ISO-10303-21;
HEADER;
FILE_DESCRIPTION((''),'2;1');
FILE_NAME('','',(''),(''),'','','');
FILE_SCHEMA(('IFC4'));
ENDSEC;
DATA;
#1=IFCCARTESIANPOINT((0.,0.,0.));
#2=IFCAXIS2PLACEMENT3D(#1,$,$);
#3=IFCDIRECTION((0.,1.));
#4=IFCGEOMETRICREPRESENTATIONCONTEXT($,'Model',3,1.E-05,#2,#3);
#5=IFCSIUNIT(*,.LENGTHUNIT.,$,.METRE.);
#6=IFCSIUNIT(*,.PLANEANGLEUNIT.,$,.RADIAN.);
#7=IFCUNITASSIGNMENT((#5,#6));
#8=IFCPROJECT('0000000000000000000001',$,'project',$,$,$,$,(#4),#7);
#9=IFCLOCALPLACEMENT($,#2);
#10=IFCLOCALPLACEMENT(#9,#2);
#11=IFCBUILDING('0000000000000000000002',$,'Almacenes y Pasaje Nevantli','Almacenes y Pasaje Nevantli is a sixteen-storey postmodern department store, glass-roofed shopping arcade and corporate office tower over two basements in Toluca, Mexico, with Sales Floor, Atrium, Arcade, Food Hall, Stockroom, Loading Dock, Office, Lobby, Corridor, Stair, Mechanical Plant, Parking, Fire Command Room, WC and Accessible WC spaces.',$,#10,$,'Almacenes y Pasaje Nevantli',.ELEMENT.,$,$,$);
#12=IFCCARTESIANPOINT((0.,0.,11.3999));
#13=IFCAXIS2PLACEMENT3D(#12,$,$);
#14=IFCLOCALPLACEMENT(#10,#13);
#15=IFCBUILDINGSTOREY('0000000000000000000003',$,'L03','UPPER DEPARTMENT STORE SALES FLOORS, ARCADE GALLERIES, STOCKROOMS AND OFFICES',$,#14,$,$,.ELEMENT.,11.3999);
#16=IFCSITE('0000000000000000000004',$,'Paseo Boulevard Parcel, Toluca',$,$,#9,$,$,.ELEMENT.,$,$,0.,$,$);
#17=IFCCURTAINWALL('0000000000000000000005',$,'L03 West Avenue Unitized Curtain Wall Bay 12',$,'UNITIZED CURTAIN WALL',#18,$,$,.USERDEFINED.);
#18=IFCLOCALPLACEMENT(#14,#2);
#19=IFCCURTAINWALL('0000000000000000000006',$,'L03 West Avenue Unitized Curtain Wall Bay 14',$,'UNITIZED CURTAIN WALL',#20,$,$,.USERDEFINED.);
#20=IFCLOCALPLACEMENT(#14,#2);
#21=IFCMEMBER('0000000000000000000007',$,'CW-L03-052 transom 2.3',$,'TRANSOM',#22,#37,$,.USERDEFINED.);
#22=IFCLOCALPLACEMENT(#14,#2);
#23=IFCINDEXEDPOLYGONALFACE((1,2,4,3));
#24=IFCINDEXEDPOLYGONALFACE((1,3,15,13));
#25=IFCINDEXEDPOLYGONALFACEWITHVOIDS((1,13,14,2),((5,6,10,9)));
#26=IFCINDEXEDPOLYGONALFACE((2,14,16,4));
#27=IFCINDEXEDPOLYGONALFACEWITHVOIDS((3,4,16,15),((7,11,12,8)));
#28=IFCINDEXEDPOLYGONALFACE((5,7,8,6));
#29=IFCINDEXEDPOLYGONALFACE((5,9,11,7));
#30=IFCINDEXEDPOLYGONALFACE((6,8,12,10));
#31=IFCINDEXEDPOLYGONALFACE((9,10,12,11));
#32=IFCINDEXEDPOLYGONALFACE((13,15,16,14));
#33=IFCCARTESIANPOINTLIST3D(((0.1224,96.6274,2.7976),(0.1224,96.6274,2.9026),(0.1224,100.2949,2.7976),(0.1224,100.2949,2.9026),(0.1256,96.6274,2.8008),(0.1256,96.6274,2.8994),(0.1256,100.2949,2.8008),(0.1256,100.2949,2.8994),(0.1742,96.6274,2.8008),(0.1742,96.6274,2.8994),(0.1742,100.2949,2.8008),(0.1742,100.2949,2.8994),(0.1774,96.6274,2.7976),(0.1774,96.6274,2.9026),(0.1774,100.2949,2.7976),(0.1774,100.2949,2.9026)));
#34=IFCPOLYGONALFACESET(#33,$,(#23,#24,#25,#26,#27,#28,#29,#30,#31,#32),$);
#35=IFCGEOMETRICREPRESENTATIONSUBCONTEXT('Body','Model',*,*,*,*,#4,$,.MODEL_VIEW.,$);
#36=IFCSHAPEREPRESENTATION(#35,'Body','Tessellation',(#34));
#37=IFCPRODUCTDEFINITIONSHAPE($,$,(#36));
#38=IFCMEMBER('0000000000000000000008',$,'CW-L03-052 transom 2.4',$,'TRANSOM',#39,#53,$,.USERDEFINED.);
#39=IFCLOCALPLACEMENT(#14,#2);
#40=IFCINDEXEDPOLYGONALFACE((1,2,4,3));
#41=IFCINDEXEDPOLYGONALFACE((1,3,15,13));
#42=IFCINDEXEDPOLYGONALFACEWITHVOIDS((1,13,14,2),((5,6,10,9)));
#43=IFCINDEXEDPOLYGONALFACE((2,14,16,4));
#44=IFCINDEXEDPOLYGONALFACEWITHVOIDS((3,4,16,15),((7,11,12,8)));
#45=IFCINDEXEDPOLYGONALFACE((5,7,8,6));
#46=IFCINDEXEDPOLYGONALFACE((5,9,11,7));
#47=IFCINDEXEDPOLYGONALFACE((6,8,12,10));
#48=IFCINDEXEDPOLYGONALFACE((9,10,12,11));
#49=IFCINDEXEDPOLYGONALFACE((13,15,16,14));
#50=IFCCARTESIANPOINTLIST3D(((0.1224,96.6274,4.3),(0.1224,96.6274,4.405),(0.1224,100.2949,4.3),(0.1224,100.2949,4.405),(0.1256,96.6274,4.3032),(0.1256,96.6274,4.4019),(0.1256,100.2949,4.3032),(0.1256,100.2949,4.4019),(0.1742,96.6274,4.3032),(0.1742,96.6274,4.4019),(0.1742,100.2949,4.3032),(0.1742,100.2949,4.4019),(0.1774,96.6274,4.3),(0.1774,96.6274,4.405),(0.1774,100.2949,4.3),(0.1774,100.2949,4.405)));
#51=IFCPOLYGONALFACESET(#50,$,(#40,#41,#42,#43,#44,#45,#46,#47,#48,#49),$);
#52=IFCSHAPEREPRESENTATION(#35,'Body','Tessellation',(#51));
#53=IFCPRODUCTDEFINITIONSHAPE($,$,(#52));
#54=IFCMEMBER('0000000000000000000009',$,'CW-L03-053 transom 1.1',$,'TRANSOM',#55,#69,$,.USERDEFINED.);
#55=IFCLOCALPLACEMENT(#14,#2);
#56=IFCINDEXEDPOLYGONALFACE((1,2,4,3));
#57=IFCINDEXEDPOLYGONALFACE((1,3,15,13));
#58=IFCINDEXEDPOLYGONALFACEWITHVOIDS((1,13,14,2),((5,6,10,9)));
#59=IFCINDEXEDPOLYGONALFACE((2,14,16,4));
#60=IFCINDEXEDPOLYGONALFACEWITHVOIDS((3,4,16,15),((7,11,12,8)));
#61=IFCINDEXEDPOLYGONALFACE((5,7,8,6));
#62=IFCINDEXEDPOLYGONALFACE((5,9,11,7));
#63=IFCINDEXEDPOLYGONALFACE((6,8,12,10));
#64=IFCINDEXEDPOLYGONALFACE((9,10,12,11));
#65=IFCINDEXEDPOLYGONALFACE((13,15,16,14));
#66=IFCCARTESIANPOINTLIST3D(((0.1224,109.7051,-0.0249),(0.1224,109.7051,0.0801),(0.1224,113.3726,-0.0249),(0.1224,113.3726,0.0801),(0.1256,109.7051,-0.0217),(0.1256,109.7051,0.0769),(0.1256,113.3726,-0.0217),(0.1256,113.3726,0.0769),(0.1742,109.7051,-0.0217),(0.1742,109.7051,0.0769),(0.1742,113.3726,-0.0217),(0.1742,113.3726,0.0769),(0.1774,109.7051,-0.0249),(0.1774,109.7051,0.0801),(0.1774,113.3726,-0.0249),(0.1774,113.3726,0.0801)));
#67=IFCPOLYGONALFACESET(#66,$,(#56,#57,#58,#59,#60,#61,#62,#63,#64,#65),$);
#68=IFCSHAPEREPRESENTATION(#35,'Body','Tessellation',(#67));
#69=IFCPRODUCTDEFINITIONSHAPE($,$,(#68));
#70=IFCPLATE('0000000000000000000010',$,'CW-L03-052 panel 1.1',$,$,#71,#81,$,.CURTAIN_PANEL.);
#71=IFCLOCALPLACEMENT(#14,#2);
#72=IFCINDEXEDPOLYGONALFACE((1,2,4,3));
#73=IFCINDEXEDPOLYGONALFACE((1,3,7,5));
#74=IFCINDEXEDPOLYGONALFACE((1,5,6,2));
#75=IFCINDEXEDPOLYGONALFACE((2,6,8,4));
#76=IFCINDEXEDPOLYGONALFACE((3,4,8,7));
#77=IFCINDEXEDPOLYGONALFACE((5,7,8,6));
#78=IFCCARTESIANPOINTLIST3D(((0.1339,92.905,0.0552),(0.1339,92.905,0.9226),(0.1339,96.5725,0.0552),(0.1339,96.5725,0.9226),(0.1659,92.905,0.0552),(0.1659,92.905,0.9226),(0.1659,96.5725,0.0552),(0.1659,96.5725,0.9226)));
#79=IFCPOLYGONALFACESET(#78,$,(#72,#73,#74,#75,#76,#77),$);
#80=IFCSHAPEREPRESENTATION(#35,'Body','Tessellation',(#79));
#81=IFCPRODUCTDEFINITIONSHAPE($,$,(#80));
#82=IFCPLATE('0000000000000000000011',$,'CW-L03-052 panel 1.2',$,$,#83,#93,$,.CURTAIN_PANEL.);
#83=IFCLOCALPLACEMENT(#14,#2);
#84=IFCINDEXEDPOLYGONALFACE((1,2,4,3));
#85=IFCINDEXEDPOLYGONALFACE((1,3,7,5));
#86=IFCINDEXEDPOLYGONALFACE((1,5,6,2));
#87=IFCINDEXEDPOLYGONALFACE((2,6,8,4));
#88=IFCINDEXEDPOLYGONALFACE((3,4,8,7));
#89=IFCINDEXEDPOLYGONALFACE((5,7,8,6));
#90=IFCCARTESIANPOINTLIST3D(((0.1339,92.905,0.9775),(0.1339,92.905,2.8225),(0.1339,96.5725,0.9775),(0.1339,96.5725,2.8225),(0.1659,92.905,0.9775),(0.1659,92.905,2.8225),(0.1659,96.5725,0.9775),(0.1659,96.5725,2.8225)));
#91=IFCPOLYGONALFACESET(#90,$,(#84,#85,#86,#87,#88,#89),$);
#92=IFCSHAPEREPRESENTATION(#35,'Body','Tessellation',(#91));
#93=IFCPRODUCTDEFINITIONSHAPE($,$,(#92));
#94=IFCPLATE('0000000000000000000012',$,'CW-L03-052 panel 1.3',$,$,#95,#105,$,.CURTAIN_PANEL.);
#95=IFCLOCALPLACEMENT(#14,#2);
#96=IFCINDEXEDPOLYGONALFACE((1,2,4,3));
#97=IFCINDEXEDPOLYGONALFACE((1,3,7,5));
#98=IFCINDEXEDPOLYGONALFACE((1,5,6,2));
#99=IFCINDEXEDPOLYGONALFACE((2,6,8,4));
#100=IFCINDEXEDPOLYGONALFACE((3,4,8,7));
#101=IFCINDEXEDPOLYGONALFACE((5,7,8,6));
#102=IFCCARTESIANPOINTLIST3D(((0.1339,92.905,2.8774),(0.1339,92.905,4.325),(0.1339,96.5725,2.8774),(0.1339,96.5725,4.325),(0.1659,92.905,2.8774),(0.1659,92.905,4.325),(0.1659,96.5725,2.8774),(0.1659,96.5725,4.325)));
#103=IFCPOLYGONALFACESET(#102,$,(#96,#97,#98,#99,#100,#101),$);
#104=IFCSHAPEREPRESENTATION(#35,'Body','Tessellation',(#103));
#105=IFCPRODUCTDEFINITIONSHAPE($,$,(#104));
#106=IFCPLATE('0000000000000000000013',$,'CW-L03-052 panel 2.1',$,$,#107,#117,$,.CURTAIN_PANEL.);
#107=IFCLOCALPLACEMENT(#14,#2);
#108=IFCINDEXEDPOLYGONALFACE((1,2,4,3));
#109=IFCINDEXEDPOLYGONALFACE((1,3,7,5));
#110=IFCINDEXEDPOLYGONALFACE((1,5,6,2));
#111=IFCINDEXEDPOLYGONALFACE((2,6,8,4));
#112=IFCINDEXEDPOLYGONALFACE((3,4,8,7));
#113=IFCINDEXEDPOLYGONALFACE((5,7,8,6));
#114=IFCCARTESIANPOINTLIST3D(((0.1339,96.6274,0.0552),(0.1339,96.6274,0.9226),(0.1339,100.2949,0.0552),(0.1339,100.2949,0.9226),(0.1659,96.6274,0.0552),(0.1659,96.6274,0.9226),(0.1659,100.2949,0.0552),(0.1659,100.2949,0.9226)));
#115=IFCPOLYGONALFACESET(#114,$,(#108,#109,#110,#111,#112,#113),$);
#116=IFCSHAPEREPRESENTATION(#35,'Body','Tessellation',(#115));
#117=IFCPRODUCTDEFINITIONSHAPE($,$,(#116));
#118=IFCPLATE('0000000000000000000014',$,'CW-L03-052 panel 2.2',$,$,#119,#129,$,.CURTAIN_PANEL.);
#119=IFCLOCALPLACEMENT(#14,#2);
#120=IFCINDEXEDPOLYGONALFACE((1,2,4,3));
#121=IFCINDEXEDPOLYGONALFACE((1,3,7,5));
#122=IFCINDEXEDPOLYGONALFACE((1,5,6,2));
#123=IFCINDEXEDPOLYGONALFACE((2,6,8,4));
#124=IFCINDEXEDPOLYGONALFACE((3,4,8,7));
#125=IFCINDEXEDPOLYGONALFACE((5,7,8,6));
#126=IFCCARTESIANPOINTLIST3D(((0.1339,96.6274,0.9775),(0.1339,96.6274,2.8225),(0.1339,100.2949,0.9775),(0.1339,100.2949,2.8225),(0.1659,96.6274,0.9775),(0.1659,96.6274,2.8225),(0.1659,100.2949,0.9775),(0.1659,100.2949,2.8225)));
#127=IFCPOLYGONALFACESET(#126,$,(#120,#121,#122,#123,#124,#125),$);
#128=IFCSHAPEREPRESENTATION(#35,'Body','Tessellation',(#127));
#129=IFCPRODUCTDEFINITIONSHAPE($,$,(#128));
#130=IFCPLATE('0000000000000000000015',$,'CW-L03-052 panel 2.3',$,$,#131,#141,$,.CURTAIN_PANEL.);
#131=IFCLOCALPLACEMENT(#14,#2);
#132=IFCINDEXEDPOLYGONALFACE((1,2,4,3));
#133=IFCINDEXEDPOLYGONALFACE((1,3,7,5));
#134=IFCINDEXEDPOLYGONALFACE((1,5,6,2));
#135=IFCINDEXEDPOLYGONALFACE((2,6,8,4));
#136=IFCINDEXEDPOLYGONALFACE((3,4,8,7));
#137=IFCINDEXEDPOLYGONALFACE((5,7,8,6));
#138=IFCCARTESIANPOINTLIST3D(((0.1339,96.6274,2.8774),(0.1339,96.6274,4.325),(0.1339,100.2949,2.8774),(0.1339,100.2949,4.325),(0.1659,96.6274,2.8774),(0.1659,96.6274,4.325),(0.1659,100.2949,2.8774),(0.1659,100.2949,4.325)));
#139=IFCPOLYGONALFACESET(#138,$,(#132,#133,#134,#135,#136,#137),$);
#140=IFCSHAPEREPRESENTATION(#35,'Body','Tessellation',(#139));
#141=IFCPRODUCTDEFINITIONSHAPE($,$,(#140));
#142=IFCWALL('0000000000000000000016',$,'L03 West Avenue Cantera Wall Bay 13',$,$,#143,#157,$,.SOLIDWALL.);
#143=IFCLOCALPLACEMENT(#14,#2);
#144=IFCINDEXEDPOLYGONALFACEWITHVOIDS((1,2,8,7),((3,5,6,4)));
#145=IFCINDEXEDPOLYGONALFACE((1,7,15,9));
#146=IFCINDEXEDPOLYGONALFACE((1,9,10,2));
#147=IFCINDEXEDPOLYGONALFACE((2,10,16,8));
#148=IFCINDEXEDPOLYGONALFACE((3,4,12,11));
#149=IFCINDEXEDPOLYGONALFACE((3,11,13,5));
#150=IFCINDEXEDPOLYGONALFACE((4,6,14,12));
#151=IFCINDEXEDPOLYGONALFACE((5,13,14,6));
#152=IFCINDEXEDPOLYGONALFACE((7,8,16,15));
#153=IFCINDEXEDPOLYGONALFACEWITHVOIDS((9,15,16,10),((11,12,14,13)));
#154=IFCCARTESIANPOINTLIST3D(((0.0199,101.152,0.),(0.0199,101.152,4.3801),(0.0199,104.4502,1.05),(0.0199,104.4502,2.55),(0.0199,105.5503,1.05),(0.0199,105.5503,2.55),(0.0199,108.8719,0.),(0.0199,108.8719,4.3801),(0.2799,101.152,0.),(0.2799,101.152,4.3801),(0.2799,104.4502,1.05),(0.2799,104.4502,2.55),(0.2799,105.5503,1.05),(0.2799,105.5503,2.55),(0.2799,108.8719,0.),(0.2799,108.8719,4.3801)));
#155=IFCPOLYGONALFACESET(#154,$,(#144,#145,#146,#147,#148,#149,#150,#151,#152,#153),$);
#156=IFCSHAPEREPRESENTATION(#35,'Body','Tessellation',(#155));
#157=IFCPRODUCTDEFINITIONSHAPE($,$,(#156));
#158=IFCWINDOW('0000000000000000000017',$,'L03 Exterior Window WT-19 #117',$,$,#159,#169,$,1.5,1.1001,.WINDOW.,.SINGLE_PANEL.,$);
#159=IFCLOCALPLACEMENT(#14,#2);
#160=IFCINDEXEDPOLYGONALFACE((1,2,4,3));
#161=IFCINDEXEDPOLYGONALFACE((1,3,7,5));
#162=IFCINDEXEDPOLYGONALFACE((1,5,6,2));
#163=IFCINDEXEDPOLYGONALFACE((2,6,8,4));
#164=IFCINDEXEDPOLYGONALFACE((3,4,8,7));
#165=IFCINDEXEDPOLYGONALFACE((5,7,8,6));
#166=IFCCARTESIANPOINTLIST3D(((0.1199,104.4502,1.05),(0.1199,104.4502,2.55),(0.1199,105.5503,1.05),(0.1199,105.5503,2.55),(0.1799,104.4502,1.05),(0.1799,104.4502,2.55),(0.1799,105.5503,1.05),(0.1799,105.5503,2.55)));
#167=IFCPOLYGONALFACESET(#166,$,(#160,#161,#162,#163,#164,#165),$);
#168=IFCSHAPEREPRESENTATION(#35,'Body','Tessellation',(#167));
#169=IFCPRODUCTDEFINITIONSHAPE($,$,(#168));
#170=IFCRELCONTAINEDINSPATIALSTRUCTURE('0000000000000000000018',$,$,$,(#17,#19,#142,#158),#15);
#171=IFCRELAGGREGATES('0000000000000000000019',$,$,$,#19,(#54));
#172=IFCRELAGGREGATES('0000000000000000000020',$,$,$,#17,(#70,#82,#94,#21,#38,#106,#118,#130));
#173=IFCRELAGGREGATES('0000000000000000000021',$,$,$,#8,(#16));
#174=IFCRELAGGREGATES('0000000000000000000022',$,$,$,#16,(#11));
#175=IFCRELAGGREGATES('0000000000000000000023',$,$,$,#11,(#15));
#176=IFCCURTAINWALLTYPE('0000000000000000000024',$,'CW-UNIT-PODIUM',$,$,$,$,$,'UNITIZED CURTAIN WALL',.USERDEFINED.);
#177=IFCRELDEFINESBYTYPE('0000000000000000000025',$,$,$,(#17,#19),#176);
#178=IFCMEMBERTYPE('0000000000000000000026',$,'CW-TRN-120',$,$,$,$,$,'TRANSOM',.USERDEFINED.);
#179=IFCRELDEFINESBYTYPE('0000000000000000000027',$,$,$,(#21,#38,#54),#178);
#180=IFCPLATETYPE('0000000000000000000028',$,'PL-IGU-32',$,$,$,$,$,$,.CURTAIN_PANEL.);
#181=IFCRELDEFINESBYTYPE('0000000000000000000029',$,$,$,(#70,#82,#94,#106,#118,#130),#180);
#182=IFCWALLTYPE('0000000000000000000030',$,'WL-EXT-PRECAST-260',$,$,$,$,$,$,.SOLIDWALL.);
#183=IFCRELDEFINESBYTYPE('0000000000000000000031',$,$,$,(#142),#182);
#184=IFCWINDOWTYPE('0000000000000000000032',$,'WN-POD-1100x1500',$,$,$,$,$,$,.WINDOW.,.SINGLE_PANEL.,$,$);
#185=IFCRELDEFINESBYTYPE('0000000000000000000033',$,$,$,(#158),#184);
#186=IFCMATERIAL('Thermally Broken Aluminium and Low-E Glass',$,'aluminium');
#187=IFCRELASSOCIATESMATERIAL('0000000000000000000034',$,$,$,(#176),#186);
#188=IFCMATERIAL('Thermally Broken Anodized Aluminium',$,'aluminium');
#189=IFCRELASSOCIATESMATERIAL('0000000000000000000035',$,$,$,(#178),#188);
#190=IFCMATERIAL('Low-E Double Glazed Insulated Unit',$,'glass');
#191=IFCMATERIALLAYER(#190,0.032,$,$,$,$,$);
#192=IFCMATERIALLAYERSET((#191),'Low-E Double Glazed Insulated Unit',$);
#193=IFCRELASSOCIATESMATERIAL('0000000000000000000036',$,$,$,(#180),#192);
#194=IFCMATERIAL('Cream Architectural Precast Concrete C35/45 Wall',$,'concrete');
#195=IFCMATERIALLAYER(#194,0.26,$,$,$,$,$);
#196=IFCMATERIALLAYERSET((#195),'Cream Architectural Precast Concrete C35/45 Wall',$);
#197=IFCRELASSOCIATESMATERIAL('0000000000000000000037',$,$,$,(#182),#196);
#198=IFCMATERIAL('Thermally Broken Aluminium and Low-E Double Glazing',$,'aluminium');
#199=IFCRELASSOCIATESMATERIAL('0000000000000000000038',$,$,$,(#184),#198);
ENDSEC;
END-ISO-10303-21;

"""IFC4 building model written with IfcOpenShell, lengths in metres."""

from ifc_helpers import new_model, si_unit, direction, frame, frame_2d, origin, origin_2d, place, context, subcontext, project, spatial, rectangle, hollow_rectangle, extrude, material, layer, layer_set, material_profile, profile_set, type_object, element, fill, aggregate, save


model = new_model("IFC4")

# Units and contexts
model_context = context("Model", 3, precision=1e-05, world=origin(), true_north=direction((0.0, 1.0)))
body_context = subcontext(model_context, "Body", "Model", "MODEL_VIEW")
ifc_project = project(units=[si_unit("LENGTHUNIT", "METRE"), si_unit("PLANEANGLEUNIT", "RADIAN")], contexts=[model_context])

# Site, building, storey
site_placement = place(None, origin())
site = spatial("IfcSite", under=ifc_project, at=site_placement, Name="Paseo Boulevard Parcel, Toluca", CompositionType="ELEMENT", RefElevation=0.0)
building_placement = place(site_placement, origin())
building = spatial("IfcBuilding", under=site, at=building_placement, Name="Almacenes y Pasaje Nevantli", Description="Almacenes y Pasaje Nevantli is a sixteen-storey postmodern department store, glass-roofed shopping arcade and corporate office tower over two basements in Toluca, Mexico, with Sales Floor, Atrium, Arcade, Food Hall, Stockroom, Loading Dock, Office, Lobby, Corridor, Stair, Mechanical Plant, Parking, Fire Command Room, WC and Accessible WC spaces.", LongName="Almacenes y Pasaje Nevantli", CompositionType="ELEMENT")
storey_placement = place(building_placement, frame((0.0, 0.0, 11.3999)))
storey = spatial("IfcBuildingStorey", under=building, at=storey_placement, Name="L03", Description="UPPER DEPARTMENT STORE SALES FLOORS, ARCADE GALLERIES, STOCKROOMS AND OFFICES", CompositionType="ELEMENT", Elevation=11.3999)

# Curtain wall
ifc_material_1 = material(Name="Thermally Broken Aluminium and Low-E Glass", Category="aluminium")
curtain_wall_type = type_object("IfcCurtainWallType", Name="CW-UNIT-PODIUM", ElementType="UNITIZED CURTAIN WALL", PredefinedType="USERDEFINED", material=ifc_material_1)
curtain_wall_1_placement = place(storey_placement, origin())
curtain_wall_1 = element("IfcCurtainWall", 1, at=curtain_wall_1_placement, inside=storey, type_object=curtain_wall_type, Name="L03 West Avenue Unitized Curtain Wall Bay 12", ObjectType="UNITIZED CURTAIN WALL", PredefinedType="USERDEFINED")

# Curtain wall
curtain_wall_2_placement = place(storey_placement, origin())
curtain_wall_2 = element("IfcCurtainWall", 2, at=curtain_wall_2_placement, inside=storey, type_object=curtain_wall_type, Name="L03 West Avenue Unitized Curtain Wall Bay 14", ObjectType="UNITIZED CURTAIN WALL", PredefinedType="USERDEFINED")

# Members
ifc_material_2 = material(Name="Thermally Broken Anodized Aluminium", Category="aluminium")
ifc_material_profile_1 = material_profile(ifc_material_2, hollow_rectangle(XDim=0.0549, YDim=0.105, WallThickness=0.0032, at=origin_2d()), Name="ALU-TRN-55x105")
ifc_profile_set_1 = profile_set([ifc_material_profile_1], Name="Thermally Broken Anodized Aluminium")
member_type_1 = type_object("IfcMemberType", Name="CW-TRN-120", ElementType="TRANSOM", PredefinedType="USERDEFINED", material=ifc_profile_set_1)
member_1_placement = place(storey_placement, frame((0.1499, 96.6274, 2.8501), z_axis=(0.0, 1.0, 0.0), x_axis=(-1.0, 0.0, 0.0)))
member_1 = element("IfcMember", 3, at=member_1_placement, type_object=member_type_1, Name="CW-L03-052 transom 2.3", ObjectType="TRANSOM", PredefinedType="USERDEFINED", context=body_context, shape_type="SweptSolid", body=[
    extrude(hollow_rectangle(XDim=0.0549, YDim=0.105, WallThickness=0.0032, at=origin_2d()), origin(), (0.0, 0.0, 1.0), 3.6675),
])
member_2_placement = place(storey_placement, frame((0.1499, 96.6274, 4.3525), z_axis=(0.0, 1.0, 0.0), x_axis=(-1.0, 0.0, 0.0)))
member_2 = element("IfcMember", 4, at=member_2_placement, type_object=member_type_1, Name="CW-L03-052 transom 2.4", ObjectType="TRANSOM", PredefinedType="USERDEFINED", context=body_context, shape_type="SweptSolid", body=[
    extrude(hollow_rectangle(XDim=0.0549, YDim=0.105, WallThickness=0.0032, at=origin_2d()), origin(), (0.0, 0.0, 1.0), 3.6675),
])
member_3_placement = place(storey_placement, frame((0.1499, 109.7051, 0.0276), z_axis=(0.0, 1.0, 0.0), x_axis=(-1.0, 0.0, 0.0)))
member_3 = element("IfcMember", 5, at=member_3_placement, type_object=member_type_1, Name="CW-L03-053 transom 1.1", ObjectType="TRANSOM", PredefinedType="USERDEFINED", context=body_context, shape_type="SweptSolid", body=[
    extrude(hollow_rectangle(XDim=0.0549, YDim=0.105, WallThickness=0.0032, at=origin_2d()), origin(), (0.0, 0.0, 1.0), 3.6675),
])
aggregate(curtain_wall_2, [member_3])

# Plates
ifc_material_3 = material(Name="Low-E Double Glazed Insulated Unit", Category="glass")
ifc_layer_1 = layer(ifc_material_3, 0.032)
ifc_layer_set_1 = layer_set([ifc_layer_1], Name="Low-E Double Glazed Insulated Unit")
plate_type = type_object("IfcPlateType", Name="PL-IGU-32", PredefinedType="CURTAIN_PANEL", material=ifc_layer_set_1)
plate_1_placement = place(storey_placement, frame((0.1499, 94.7388, 0.0552), z_axis=(0.0, 0.0, 1.0), x_axis=(0.0, 1.0, 0.0)))
plate_1 = element("IfcPlate", 6, at=plate_1_placement, type_object=plate_type, Name="CW-L03-052 panel 1.1", PredefinedType="CURTAIN_PANEL", context=body_context, shape_type="SweptSolid", body=[
    extrude(rectangle(XDim=3.6675, YDim=0.032, at=origin_2d()), origin(), (0.0, 0.0, 1.0), 0.8674),
])
plate_2_placement = place(storey_placement, frame((0.1499, 94.7388, 0.9775), z_axis=(0.0, 0.0, 1.0), x_axis=(0.0, 1.0, 0.0)))
plate_2 = element("IfcPlate", 7, at=plate_2_placement, type_object=plate_type, Name="CW-L03-052 panel 1.2", PredefinedType="CURTAIN_PANEL", context=body_context, shape_type="SweptSolid", body=[
    extrude(rectangle(XDim=3.6675, YDim=0.032, at=origin_2d()), origin(), (0.0, 0.0, 1.0), 1.845),
])
plate_3_placement = place(storey_placement, frame((0.1499, 94.7388, 2.8774), z_axis=(0.0, 0.0, 1.0), x_axis=(0.0, 1.0, 0.0)))
plate_3 = element("IfcPlate", 8, at=plate_3_placement, type_object=plate_type, Name="CW-L03-052 panel 1.3", PredefinedType="CURTAIN_PANEL", context=body_context, shape_type="SweptSolid", body=[
    extrude(rectangle(XDim=3.6675, YDim=0.032, at=origin_2d()), origin(), (0.0, 0.0, 1.0), 1.4475),
])
plate_4_placement = place(storey_placement, frame((0.1499, 98.4612, 0.0552), z_axis=(0.0, 0.0, 1.0), x_axis=(0.0, 1.0, 0.0)))
plate_4 = element("IfcPlate", 9, at=plate_4_placement, type_object=plate_type, Name="CW-L03-052 panel 2.1", PredefinedType="CURTAIN_PANEL", context=body_context, shape_type="SweptSolid", body=[
    extrude(rectangle(XDim=3.6675, YDim=0.032, at=origin_2d()), origin(), (0.0, 0.0, 1.0), 0.8674),
])
plate_5_placement = place(storey_placement, frame((0.1499, 98.4612, 0.9775), z_axis=(0.0, 0.0, 1.0), x_axis=(0.0, 1.0, 0.0)))
plate_5 = element("IfcPlate", 10, at=plate_5_placement, type_object=plate_type, Name="CW-L03-052 panel 2.2", PredefinedType="CURTAIN_PANEL", context=body_context, shape_type="SweptSolid", body=[
    extrude(rectangle(XDim=3.6675, YDim=0.032, at=origin_2d()), origin(), (0.0, 0.0, 1.0), 1.845),
])
plate_6_placement = place(storey_placement, frame((0.1499, 98.4612, 2.8774), z_axis=(0.0, 0.0, 1.0), x_axis=(0.0, 1.0, 0.0)))
plate_6 = element("IfcPlate", 11, at=plate_6_placement, type_object=plate_type, Name="CW-L03-052 panel 2.3", PredefinedType="CURTAIN_PANEL", context=body_context, shape_type="SweptSolid", body=[
    extrude(rectangle(XDim=3.6675, YDim=0.032, at=origin_2d()), origin(), (0.0, 0.0, 1.0), 1.4475),
])
aggregate(curtain_wall_1, [plate_1, plate_2, plate_3, member_1, member_2, plate_4, plate_5, plate_6])

# Wall, opening, window
ifc_material_4 = material(Name="Cream Architectural Precast Concrete C35/45 Wall", Category="concrete")
ifc_layer_2 = layer(ifc_material_4, 0.26)
ifc_layer_set_2 = layer_set([ifc_layer_2], Name="Cream Architectural Precast Concrete C35/45 Wall")
wall_type = type_object("IfcWallType", Name="WL-EXT-PRECAST-260", PredefinedType="SOLIDWALL", material=ifc_layer_set_2)
wall_placement = place(storey_placement, frame((0.1499, 101.1521, 0.0), z_axis=(0.0, 0.0, 1.0), x_axis=(0.0, 1.0, 0.0)))
wall = element("IfcWall", 12, at=wall_placement, inside=storey, type_object=wall_type, Name="L03 West Avenue Cantera Wall Bay 13", PredefinedType="SOLIDWALL", context=body_context, shape_type="SweptSolid", body=[
    extrude(rectangle(XDim=7.72, YDim=0.26, at=frame_2d((3.8599, 0.0))), origin(), (0.0, 0.0, 1.0), 4.3801),
])
opening_placement = place(wall_placement, frame((3.2981, 0.0, 1.05)))
opening = element("IfcOpeningElement", 13, at=opening_placement, cuts=wall, PredefinedType="OPENING", context=body_context, shape_type="SweptSolid", body=[
    extrude(rectangle(XDim=1.1001, YDim=1.5, at=frame_2d((0.55, 0.75))), frame((0.0, 0.1399, 0.0), z_axis=(0.0, -1.0, 0.0), x_axis=(1.0, 0.0, 0.0)), (0.0, 0.0, 1.0), 0.28),
])
ifc_material_5 = material(Name="Thermally Broken Aluminium and Low-E Double Glazing", Category="aluminium")
window_type = type_object("IfcWindowType", Name="WN-POD-1100x1500", PartitioningType="SINGLE_PANEL", PredefinedType="WINDOW", material=ifc_material_5)
window_placement = place(opening_placement, origin())
window = element("IfcWindow", 14, at=window_placement, inside=storey, type_object=window_type, Name="L03 Exterior Window WT-19 #117", OverallHeight=1.5, OverallWidth=1.1001, PartitioningType="SINGLE_PANEL", PredefinedType="WINDOW", context=body_context, shape_type="SweptSolid", body=[
    extrude(rectangle(XDim=1.1001, YDim=1.5, at=frame_2d((0.55, 0.75))), frame((0.0, 0.03, 0.0), z_axis=(0.0, -1.0, 0.0), x_axis=(1.0, 0.0, 0.0)), (0.0, 0.0, 1.0), 0.0601),
])
fill(opening, window)

save(model, "model.ifc")
